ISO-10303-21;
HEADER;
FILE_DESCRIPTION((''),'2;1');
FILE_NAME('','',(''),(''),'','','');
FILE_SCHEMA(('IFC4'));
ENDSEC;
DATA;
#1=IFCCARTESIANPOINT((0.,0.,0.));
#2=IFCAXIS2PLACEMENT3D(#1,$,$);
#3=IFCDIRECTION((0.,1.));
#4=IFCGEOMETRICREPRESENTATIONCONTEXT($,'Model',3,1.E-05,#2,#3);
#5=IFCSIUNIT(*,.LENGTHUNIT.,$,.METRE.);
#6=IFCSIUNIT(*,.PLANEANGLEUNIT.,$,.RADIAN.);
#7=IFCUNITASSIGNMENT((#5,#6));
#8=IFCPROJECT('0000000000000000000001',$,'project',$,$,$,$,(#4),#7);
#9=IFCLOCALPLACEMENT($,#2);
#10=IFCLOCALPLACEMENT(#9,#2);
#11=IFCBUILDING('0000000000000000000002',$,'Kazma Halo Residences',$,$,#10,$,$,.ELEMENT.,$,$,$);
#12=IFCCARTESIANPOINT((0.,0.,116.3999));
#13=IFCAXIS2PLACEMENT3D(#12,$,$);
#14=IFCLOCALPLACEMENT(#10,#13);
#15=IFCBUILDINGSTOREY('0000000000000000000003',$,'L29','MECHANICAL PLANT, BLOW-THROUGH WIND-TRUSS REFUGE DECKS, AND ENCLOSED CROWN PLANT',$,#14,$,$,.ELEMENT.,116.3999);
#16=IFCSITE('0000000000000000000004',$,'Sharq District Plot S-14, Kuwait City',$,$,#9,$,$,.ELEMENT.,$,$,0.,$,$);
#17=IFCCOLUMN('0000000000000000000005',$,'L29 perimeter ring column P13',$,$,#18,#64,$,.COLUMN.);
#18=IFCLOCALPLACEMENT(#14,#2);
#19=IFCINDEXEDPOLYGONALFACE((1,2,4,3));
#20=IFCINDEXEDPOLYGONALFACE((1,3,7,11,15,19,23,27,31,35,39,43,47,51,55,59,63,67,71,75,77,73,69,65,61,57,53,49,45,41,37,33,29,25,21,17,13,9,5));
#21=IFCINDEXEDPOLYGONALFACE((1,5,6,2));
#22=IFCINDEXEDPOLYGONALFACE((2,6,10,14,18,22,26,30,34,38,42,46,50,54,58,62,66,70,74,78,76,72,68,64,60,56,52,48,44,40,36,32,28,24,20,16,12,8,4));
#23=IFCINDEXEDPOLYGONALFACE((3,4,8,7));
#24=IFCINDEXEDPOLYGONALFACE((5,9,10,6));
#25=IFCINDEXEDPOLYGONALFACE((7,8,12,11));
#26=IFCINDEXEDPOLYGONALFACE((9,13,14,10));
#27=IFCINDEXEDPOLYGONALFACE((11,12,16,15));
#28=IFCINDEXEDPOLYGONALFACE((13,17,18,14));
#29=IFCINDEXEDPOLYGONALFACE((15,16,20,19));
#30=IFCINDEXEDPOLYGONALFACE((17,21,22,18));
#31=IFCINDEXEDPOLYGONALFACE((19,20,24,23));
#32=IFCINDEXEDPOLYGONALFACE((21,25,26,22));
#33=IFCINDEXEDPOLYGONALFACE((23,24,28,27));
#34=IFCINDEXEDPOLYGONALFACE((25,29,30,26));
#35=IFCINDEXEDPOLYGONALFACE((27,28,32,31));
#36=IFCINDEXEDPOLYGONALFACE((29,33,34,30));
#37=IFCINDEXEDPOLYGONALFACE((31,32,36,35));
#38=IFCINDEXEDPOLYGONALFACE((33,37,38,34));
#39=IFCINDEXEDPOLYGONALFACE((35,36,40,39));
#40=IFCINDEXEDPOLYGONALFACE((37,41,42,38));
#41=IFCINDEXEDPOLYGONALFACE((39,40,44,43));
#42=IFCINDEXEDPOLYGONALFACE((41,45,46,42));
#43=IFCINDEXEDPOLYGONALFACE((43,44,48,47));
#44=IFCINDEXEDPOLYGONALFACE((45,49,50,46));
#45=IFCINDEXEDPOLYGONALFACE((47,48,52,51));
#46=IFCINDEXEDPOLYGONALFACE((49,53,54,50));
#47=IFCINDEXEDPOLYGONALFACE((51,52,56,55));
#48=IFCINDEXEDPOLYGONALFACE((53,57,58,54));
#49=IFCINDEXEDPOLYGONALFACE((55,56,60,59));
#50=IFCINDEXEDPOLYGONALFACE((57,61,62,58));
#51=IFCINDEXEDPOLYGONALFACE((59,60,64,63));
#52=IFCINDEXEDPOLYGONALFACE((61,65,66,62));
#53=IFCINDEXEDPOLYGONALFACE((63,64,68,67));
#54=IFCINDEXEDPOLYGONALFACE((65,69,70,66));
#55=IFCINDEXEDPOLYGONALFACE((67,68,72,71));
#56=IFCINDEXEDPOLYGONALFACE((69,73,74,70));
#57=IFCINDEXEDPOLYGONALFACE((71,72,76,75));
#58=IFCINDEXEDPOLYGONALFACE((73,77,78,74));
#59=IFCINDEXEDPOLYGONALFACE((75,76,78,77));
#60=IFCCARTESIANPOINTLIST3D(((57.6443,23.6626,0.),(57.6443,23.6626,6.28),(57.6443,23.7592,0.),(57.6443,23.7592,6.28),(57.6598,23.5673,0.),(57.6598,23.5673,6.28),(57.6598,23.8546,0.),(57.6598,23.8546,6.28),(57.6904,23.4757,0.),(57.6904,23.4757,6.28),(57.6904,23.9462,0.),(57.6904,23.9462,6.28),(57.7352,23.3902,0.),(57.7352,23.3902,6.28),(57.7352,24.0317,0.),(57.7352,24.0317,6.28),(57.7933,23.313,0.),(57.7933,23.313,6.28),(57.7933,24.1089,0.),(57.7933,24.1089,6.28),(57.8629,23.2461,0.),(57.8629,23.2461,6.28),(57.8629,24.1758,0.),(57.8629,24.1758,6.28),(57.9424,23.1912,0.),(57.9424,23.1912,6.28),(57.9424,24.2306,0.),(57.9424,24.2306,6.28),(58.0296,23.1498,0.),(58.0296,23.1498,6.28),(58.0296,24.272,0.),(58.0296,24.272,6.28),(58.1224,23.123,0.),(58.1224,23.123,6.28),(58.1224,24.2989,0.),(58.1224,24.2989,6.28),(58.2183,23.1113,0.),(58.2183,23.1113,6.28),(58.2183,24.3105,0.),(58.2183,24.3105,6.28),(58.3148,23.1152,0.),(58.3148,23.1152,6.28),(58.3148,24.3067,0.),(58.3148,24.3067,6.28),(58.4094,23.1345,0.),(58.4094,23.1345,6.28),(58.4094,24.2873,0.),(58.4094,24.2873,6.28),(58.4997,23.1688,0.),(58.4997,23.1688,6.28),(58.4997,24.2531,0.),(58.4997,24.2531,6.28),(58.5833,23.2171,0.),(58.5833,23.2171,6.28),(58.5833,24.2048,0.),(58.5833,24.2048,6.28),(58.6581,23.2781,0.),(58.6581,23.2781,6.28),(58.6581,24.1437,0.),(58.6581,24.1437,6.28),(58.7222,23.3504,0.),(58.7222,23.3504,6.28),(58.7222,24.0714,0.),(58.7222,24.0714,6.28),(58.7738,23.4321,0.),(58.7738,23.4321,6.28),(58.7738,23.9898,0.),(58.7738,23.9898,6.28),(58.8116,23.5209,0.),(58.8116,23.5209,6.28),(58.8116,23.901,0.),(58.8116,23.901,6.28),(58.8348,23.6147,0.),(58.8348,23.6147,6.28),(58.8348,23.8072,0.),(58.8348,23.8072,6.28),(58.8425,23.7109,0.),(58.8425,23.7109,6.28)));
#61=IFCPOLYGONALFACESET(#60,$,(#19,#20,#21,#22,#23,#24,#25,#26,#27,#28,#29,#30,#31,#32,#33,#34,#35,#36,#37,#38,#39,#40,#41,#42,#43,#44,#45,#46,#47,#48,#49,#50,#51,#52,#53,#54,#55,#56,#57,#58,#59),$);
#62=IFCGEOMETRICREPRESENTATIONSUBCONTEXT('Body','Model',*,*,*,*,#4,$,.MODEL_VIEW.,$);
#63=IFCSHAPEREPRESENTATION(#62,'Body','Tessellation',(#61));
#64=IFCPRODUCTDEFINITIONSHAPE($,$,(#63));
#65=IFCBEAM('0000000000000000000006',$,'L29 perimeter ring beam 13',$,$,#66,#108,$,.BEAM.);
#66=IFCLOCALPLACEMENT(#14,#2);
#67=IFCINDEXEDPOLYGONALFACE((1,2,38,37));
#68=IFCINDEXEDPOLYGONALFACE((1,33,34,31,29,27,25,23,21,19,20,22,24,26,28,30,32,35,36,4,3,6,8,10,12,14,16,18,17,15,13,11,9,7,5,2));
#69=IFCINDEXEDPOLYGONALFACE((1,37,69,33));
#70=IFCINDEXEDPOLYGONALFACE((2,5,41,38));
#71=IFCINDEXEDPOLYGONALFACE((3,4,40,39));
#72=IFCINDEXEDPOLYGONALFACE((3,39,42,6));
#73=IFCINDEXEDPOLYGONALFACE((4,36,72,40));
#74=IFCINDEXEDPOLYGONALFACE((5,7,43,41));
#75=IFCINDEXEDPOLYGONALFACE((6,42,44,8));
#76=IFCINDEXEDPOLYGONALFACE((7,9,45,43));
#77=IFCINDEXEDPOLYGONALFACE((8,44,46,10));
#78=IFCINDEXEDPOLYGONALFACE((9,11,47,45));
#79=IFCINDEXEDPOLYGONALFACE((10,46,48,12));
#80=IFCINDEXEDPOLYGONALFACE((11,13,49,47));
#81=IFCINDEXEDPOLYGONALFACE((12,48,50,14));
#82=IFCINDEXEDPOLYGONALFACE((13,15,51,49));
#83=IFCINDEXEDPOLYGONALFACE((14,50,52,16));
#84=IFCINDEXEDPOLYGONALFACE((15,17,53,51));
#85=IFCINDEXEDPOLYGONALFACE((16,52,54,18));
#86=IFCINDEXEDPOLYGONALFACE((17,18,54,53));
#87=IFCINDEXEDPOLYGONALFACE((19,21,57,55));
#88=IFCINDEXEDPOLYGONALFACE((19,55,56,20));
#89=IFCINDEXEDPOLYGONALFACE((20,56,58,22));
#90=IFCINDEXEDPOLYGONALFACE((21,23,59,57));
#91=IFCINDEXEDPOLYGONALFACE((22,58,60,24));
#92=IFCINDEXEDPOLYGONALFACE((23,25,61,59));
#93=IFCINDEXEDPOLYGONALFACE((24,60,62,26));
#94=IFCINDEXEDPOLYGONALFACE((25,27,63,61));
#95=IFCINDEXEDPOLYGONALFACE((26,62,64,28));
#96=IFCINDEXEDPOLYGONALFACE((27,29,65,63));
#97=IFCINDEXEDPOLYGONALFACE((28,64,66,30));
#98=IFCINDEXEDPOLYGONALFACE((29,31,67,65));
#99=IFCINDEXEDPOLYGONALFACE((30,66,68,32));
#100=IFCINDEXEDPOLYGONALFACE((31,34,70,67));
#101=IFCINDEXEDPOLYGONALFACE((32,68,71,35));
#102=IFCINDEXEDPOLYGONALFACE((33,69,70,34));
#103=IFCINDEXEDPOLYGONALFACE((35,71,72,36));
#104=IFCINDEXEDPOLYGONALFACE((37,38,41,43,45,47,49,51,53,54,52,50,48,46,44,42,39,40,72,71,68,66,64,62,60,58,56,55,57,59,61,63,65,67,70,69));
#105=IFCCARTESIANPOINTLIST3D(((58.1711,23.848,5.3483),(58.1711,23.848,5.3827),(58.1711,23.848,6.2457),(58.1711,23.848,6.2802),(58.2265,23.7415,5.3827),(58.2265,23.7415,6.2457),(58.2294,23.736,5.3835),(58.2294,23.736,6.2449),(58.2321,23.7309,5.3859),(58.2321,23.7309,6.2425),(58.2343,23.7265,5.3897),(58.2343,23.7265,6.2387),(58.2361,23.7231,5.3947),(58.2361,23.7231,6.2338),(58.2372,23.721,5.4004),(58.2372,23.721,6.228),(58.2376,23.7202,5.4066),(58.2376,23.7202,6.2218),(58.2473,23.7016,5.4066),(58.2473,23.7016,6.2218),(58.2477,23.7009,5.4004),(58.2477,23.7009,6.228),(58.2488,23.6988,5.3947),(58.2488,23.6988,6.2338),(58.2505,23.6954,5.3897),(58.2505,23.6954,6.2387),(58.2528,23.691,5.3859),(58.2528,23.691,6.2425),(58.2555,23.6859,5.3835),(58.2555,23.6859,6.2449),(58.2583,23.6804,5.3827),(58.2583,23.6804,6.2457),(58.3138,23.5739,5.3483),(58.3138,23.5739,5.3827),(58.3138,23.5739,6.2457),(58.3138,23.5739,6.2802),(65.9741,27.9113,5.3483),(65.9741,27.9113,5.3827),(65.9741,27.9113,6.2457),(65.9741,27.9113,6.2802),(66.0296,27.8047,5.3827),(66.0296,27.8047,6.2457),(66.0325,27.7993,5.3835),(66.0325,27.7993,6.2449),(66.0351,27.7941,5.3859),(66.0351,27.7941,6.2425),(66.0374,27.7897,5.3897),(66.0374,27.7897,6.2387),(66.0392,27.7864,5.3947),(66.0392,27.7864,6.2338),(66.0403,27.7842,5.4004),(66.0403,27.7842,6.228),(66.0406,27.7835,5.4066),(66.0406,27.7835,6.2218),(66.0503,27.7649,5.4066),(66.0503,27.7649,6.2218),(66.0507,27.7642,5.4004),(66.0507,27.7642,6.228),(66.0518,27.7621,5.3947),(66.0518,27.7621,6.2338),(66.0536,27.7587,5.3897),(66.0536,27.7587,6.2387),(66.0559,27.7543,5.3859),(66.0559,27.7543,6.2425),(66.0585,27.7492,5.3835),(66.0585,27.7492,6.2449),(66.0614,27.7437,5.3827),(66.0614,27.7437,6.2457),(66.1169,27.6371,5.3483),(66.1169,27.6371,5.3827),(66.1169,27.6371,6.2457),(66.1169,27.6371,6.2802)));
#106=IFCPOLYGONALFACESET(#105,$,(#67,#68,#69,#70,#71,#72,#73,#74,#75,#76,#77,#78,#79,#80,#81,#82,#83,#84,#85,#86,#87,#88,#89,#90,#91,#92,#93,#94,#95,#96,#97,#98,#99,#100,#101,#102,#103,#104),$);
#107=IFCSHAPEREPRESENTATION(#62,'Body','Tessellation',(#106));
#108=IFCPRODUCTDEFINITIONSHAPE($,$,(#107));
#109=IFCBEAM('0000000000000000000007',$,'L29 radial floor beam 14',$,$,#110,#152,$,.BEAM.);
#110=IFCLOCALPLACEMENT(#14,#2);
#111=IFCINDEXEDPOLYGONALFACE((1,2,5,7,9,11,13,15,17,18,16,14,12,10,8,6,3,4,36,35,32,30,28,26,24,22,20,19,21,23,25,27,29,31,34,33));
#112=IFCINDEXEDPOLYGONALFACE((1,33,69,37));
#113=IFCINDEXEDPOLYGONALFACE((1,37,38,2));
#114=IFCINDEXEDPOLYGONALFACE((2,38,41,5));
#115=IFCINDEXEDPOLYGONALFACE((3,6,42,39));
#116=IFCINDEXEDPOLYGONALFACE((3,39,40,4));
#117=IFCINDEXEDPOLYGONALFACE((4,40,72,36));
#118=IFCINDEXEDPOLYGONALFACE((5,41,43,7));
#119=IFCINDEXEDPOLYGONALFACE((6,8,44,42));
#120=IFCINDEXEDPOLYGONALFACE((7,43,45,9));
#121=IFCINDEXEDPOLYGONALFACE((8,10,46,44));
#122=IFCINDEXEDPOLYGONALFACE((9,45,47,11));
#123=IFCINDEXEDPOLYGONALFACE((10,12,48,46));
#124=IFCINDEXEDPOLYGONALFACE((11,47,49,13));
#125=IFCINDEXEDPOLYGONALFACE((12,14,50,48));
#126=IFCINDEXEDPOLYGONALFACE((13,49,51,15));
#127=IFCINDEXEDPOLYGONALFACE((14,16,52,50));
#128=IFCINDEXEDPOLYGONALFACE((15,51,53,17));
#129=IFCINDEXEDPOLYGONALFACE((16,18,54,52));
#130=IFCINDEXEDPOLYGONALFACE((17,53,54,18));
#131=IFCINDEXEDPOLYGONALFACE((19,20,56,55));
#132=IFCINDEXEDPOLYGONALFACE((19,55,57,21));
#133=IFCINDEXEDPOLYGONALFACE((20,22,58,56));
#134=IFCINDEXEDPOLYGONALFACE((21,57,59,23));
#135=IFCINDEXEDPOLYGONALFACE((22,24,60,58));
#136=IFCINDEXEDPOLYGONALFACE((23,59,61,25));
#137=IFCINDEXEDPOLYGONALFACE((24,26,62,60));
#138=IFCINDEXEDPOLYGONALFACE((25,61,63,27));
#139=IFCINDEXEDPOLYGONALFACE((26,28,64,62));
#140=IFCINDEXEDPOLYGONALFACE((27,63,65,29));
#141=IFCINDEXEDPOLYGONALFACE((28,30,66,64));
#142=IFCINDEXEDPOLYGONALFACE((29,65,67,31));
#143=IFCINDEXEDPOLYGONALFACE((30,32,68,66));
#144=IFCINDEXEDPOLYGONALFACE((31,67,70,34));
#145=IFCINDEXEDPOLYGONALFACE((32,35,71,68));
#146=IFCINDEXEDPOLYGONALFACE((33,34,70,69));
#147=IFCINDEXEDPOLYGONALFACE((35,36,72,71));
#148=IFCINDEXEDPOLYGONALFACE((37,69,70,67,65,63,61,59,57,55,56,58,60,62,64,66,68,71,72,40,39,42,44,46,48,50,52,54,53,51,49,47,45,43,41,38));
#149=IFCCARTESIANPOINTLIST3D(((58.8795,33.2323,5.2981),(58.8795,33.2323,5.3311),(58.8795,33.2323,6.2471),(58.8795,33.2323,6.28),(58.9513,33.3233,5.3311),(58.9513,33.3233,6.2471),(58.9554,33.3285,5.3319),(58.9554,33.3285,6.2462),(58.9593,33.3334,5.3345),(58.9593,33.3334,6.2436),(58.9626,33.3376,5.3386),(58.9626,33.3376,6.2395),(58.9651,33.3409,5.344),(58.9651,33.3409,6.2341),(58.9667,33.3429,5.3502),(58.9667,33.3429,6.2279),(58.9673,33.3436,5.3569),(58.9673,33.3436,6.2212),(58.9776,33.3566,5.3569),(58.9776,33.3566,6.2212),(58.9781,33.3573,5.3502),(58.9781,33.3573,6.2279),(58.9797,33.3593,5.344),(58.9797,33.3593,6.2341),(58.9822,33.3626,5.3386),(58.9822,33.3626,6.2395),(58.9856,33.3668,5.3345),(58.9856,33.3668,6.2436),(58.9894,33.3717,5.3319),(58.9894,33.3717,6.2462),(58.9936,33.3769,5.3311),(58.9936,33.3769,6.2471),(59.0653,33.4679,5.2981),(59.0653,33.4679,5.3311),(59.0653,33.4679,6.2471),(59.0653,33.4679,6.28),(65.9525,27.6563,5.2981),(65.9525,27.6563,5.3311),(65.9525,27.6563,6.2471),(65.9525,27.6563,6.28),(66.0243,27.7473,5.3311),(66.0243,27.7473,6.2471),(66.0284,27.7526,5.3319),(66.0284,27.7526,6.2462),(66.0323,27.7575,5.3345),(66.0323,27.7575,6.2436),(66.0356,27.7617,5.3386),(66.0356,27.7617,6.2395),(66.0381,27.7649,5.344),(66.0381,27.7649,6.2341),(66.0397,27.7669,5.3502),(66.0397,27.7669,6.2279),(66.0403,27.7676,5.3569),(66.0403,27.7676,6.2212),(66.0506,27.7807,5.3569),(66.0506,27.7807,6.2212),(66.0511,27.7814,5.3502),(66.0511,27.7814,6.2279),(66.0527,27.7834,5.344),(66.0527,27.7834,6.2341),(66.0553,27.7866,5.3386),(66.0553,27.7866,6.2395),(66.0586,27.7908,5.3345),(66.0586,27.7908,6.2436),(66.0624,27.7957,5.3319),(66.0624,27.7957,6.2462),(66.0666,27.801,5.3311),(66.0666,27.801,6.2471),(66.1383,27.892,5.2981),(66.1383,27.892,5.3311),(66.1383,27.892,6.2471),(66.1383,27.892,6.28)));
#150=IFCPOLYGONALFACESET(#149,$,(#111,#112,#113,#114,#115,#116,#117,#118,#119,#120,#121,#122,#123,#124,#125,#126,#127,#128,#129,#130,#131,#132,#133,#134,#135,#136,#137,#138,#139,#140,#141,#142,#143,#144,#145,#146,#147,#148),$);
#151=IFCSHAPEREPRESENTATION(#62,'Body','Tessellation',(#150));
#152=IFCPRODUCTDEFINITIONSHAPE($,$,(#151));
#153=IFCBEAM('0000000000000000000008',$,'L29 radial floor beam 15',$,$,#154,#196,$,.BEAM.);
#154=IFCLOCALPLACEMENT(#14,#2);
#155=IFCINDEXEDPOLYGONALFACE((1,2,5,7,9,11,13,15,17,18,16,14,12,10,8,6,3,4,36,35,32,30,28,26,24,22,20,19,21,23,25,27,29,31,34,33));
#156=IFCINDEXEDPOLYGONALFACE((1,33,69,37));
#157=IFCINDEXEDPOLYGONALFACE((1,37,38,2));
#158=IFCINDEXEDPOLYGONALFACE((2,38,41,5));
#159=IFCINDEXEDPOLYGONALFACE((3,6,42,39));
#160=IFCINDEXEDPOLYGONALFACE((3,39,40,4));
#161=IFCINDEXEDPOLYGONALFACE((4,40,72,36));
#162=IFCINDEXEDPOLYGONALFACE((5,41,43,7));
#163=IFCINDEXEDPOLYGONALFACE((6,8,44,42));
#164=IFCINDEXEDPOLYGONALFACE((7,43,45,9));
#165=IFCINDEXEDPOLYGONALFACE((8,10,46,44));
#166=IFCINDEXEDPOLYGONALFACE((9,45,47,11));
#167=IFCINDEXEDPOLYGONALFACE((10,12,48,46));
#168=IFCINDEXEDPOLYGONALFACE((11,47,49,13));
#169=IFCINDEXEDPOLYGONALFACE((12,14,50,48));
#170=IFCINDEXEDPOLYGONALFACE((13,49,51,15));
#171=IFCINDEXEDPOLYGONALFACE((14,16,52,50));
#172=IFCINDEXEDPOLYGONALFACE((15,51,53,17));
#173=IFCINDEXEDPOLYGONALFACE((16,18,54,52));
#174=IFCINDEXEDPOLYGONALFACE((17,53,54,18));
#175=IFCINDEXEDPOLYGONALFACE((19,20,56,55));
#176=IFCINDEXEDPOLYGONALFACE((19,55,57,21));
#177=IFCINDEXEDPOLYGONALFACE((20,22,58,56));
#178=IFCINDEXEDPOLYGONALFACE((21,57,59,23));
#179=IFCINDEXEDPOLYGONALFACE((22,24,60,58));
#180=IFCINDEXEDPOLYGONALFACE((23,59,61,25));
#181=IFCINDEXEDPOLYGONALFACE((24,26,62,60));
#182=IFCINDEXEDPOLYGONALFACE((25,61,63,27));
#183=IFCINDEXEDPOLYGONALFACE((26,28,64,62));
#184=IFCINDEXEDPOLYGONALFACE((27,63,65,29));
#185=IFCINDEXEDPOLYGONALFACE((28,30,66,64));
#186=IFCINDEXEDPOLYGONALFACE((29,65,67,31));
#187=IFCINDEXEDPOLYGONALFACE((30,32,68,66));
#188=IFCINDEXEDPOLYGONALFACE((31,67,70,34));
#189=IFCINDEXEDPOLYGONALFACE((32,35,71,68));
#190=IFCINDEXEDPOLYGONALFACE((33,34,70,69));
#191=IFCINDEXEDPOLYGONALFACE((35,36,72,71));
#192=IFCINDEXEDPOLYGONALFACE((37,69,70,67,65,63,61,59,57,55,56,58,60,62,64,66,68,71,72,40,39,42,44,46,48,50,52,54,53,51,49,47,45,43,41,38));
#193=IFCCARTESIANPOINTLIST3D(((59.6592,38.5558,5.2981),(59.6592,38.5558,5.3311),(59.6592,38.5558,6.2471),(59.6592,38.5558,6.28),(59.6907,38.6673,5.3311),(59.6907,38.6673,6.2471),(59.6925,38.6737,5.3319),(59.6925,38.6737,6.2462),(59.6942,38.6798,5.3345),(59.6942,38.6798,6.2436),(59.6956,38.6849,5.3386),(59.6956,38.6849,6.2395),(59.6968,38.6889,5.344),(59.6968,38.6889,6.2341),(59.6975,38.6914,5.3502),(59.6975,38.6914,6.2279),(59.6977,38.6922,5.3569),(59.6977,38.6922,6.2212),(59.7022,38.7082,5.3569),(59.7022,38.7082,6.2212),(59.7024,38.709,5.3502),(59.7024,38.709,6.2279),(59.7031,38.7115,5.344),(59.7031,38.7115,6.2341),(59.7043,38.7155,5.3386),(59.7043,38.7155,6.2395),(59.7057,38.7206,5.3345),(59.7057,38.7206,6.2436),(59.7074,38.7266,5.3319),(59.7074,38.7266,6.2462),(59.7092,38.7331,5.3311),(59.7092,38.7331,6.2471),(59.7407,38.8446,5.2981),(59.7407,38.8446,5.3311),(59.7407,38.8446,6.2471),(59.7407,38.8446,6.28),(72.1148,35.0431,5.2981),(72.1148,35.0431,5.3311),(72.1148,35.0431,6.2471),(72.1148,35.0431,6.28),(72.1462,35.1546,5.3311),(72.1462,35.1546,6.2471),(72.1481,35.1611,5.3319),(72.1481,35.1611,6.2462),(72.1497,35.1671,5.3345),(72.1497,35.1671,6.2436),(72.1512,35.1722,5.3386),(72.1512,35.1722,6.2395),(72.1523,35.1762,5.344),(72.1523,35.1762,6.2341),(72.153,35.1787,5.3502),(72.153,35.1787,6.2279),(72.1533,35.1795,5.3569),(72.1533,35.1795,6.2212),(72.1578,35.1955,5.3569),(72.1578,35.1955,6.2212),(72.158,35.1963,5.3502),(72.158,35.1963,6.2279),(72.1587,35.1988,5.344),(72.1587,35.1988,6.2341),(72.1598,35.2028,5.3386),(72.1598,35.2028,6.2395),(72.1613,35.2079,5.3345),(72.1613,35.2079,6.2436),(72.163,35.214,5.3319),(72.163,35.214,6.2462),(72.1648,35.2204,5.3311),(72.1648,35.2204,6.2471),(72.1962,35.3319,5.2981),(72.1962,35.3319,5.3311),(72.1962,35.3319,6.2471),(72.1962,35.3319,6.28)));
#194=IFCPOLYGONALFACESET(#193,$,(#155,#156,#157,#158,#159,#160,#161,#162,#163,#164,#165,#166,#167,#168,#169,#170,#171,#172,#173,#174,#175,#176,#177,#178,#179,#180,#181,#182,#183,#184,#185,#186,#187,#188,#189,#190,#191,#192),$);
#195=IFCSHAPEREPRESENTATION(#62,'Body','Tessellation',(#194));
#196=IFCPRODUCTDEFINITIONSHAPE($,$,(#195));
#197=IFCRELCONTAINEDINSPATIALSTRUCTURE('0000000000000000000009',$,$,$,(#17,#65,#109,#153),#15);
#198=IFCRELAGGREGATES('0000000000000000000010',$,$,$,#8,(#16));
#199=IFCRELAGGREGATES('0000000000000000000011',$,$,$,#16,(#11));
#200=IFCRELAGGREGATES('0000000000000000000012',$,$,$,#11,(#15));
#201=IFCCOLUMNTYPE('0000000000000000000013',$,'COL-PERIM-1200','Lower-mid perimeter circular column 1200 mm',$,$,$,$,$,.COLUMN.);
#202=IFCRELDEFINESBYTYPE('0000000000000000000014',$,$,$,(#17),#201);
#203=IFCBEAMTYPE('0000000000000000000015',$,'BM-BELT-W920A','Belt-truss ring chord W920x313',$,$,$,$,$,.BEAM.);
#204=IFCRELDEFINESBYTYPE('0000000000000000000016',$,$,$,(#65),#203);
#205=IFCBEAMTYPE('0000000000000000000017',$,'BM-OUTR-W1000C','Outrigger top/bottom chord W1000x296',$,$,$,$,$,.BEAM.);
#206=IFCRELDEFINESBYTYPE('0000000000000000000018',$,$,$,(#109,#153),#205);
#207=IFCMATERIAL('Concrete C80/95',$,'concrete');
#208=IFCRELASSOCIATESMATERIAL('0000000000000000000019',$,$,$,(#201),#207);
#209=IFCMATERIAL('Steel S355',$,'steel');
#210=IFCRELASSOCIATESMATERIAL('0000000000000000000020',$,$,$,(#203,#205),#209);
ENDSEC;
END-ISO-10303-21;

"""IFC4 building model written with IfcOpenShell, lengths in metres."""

from ifc_helpers import new_model, si_unit, direction, frame, origin, origin_2d, place, context, subcontext, project, spatial, circle, i_section, extrude, material, material_profile, profile_set, type_object, element, save


model = new_model("IFC4")

# Units and contexts
model_context = context("Model", 3, precision=1e-05, world=origin(), true_north=direction((0.0, 1.0)))
body_context = subcontext(model_context, "Body", "Model", "MODEL_VIEW")
ifc_project = project(units=[si_unit("LENGTHUNIT", "METRE"), si_unit("PLANEANGLEUNIT", "RADIAN")], contexts=[model_context])

# Site, building, storey
site_placement = place(None, origin())
site = spatial("IfcSite", under=ifc_project, at=site_placement, Name="Sharq District Plot S-14, Kuwait City", CompositionType="ELEMENT", RefElevation=0.0)
building_placement = place(site_placement, origin())
building = spatial("IfcBuilding", under=site, at=building_placement, Name="Kazma Halo Residences", CompositionType="ELEMENT")
storey_placement = place(building_placement, frame((0.0, 0.0, 116.3999)))
storey = spatial("IfcBuildingStorey", under=building, at=storey_placement, Name="L29", Description="MECHANICAL PLANT, BLOW-THROUGH WIND-TRUSS REFUGE DECKS, AND ENCLOSED CROWN PLANT", CompositionType="ELEMENT", Elevation=116.3999)

# Column
ifc_material_1 = material(Name="Concrete C80/95", Category="concrete")
ifc_material_profile_1 = material_profile(ifc_material_1, circle(Radius=0.6001, at=origin_2d()), Name="CIRC1200")
ifc_profile_set_1 = profile_set([ifc_material_profile_1], Name="Concrete C80/95")
column_type = type_object("IfcColumnType", Name="COL-PERIM-1200", Description="Lower-mid perimeter circular column 1200 mm", PredefinedType="COLUMN", material=ifc_profile_set_1)
column_placement = place(storey_placement, frame((58.2424, 23.7109, 0.0), z_axis=(0.0, 0.0, 1.0), x_axis=(1.0, 0.0, 0.0)))
element("IfcColumn", 1, at=column_placement, inside=storey, type_object=column_type, Name="L29 perimeter ring column P13", PredefinedType="COLUMN", context=body_context, shape_type="SweptSolid", body=[
    extrude(circle(Radius=0.6001, at=origin_2d()), origin(), (0.0, 0.0, 1.0), 6.28),
])

# Beams
ifc_material_2 = material(Name="Steel S355", Category="steel")
ifc_material_profile_2 = material_profile(ifc_material_2, i_section(OverallWidth=0.3091, OverallDepth=0.9319, WebThickness=0.021, FlangeThickness=0.0344, FilletRadius=0.0239, at=origin_2d()), Name="W920x313")
ifc_profile_set_2 = profile_set([ifc_material_profile_2], Name="Steel S355")
beam_type_1 = type_object("IfcBeamType", Name="BM-BELT-W920A", Description="Belt-truss ring chord W920x313", PredefinedType="BEAM", material=ifc_profile_set_2)
beam_1_placement = place(storey_placement, frame((58.2424, 23.7109, 5.8142), z_axis=(0.886952, 0.461861, 0.0), x_axis=(-0.461861, 0.886952, 0.0)))
element("IfcBeam", 2, at=beam_1_placement, inside=storey, type_object=beam_type_1, Name="L29 perimeter ring beam 13", PredefinedType="BEAM", context=body_context, shape_type="SweptSolid", body=[
    extrude(i_section(OverallWidth=0.3091, OverallDepth=0.9319, WebThickness=0.021, FlangeThickness=0.0344, FilletRadius=0.0239, at=origin_2d()), origin(), (0.0, 0.0, 1.0), 8.7976),
])
ifc_material_profile_3 = material_profile(ifc_material_2, i_section(OverallWidth=0.3, OverallDepth=0.9819, WebThickness=0.0166, FlangeThickness=0.033, FilletRadius=0.0259, at=origin_2d()), Name="W1000x296")
ifc_profile_set_3 = profile_set([ifc_material_profile_3], Name="Steel S355")
beam_type_2 = type_object("IfcBeamType", Name="BM-OUTR-W1000C", Description="Outrigger top/bottom chord W1000x296", PredefinedType="BEAM", material=ifc_profile_set_3)
beam_2_placement = place(storey_placement, frame((58.9724, 33.3501, 5.7891), z_axis=(0.785316, -0.619096, 0.0), x_axis=(0.619096, 0.785316, 0.0)))
element("IfcBeam", 3, at=beam_2_placement, inside=storey, type_object=beam_type_2, Name="L29 radial floor beam 14", PredefinedType="BEAM", context=body_context, shape_type="SweptSolid", body=[
    extrude(i_section(OverallWidth=0.3, OverallDepth=0.9819, WebThickness=0.0166, FlangeThickness=0.033, FilletRadius=0.0259, at=origin_2d()), origin(), (0.0, 0.0, 1.0), 9.0066),
])
beam_3_placement = place(storey_placement, frame((59.7, 38.7002, 5.7891), z_axis=(0.962458, -0.271431, 0.0), x_axis=(0.271431, 0.962458, 0.0)))
element("IfcBeam", 4, at=beam_3_placement, inside=storey, type_object=beam_type_2, Name="L29 radial floor beam 15", PredefinedType="BEAM", context=body_context, shape_type="SweptSolid", body=[
    extrude(i_section(OverallWidth=0.3, OverallDepth=0.9819, WebThickness=0.0166, FlangeThickness=0.033, FilletRadius=0.0259, at=origin_2d()), origin(), (0.0, 0.0, 1.0), 12.9414),
])

save(model, "model.ifc")
